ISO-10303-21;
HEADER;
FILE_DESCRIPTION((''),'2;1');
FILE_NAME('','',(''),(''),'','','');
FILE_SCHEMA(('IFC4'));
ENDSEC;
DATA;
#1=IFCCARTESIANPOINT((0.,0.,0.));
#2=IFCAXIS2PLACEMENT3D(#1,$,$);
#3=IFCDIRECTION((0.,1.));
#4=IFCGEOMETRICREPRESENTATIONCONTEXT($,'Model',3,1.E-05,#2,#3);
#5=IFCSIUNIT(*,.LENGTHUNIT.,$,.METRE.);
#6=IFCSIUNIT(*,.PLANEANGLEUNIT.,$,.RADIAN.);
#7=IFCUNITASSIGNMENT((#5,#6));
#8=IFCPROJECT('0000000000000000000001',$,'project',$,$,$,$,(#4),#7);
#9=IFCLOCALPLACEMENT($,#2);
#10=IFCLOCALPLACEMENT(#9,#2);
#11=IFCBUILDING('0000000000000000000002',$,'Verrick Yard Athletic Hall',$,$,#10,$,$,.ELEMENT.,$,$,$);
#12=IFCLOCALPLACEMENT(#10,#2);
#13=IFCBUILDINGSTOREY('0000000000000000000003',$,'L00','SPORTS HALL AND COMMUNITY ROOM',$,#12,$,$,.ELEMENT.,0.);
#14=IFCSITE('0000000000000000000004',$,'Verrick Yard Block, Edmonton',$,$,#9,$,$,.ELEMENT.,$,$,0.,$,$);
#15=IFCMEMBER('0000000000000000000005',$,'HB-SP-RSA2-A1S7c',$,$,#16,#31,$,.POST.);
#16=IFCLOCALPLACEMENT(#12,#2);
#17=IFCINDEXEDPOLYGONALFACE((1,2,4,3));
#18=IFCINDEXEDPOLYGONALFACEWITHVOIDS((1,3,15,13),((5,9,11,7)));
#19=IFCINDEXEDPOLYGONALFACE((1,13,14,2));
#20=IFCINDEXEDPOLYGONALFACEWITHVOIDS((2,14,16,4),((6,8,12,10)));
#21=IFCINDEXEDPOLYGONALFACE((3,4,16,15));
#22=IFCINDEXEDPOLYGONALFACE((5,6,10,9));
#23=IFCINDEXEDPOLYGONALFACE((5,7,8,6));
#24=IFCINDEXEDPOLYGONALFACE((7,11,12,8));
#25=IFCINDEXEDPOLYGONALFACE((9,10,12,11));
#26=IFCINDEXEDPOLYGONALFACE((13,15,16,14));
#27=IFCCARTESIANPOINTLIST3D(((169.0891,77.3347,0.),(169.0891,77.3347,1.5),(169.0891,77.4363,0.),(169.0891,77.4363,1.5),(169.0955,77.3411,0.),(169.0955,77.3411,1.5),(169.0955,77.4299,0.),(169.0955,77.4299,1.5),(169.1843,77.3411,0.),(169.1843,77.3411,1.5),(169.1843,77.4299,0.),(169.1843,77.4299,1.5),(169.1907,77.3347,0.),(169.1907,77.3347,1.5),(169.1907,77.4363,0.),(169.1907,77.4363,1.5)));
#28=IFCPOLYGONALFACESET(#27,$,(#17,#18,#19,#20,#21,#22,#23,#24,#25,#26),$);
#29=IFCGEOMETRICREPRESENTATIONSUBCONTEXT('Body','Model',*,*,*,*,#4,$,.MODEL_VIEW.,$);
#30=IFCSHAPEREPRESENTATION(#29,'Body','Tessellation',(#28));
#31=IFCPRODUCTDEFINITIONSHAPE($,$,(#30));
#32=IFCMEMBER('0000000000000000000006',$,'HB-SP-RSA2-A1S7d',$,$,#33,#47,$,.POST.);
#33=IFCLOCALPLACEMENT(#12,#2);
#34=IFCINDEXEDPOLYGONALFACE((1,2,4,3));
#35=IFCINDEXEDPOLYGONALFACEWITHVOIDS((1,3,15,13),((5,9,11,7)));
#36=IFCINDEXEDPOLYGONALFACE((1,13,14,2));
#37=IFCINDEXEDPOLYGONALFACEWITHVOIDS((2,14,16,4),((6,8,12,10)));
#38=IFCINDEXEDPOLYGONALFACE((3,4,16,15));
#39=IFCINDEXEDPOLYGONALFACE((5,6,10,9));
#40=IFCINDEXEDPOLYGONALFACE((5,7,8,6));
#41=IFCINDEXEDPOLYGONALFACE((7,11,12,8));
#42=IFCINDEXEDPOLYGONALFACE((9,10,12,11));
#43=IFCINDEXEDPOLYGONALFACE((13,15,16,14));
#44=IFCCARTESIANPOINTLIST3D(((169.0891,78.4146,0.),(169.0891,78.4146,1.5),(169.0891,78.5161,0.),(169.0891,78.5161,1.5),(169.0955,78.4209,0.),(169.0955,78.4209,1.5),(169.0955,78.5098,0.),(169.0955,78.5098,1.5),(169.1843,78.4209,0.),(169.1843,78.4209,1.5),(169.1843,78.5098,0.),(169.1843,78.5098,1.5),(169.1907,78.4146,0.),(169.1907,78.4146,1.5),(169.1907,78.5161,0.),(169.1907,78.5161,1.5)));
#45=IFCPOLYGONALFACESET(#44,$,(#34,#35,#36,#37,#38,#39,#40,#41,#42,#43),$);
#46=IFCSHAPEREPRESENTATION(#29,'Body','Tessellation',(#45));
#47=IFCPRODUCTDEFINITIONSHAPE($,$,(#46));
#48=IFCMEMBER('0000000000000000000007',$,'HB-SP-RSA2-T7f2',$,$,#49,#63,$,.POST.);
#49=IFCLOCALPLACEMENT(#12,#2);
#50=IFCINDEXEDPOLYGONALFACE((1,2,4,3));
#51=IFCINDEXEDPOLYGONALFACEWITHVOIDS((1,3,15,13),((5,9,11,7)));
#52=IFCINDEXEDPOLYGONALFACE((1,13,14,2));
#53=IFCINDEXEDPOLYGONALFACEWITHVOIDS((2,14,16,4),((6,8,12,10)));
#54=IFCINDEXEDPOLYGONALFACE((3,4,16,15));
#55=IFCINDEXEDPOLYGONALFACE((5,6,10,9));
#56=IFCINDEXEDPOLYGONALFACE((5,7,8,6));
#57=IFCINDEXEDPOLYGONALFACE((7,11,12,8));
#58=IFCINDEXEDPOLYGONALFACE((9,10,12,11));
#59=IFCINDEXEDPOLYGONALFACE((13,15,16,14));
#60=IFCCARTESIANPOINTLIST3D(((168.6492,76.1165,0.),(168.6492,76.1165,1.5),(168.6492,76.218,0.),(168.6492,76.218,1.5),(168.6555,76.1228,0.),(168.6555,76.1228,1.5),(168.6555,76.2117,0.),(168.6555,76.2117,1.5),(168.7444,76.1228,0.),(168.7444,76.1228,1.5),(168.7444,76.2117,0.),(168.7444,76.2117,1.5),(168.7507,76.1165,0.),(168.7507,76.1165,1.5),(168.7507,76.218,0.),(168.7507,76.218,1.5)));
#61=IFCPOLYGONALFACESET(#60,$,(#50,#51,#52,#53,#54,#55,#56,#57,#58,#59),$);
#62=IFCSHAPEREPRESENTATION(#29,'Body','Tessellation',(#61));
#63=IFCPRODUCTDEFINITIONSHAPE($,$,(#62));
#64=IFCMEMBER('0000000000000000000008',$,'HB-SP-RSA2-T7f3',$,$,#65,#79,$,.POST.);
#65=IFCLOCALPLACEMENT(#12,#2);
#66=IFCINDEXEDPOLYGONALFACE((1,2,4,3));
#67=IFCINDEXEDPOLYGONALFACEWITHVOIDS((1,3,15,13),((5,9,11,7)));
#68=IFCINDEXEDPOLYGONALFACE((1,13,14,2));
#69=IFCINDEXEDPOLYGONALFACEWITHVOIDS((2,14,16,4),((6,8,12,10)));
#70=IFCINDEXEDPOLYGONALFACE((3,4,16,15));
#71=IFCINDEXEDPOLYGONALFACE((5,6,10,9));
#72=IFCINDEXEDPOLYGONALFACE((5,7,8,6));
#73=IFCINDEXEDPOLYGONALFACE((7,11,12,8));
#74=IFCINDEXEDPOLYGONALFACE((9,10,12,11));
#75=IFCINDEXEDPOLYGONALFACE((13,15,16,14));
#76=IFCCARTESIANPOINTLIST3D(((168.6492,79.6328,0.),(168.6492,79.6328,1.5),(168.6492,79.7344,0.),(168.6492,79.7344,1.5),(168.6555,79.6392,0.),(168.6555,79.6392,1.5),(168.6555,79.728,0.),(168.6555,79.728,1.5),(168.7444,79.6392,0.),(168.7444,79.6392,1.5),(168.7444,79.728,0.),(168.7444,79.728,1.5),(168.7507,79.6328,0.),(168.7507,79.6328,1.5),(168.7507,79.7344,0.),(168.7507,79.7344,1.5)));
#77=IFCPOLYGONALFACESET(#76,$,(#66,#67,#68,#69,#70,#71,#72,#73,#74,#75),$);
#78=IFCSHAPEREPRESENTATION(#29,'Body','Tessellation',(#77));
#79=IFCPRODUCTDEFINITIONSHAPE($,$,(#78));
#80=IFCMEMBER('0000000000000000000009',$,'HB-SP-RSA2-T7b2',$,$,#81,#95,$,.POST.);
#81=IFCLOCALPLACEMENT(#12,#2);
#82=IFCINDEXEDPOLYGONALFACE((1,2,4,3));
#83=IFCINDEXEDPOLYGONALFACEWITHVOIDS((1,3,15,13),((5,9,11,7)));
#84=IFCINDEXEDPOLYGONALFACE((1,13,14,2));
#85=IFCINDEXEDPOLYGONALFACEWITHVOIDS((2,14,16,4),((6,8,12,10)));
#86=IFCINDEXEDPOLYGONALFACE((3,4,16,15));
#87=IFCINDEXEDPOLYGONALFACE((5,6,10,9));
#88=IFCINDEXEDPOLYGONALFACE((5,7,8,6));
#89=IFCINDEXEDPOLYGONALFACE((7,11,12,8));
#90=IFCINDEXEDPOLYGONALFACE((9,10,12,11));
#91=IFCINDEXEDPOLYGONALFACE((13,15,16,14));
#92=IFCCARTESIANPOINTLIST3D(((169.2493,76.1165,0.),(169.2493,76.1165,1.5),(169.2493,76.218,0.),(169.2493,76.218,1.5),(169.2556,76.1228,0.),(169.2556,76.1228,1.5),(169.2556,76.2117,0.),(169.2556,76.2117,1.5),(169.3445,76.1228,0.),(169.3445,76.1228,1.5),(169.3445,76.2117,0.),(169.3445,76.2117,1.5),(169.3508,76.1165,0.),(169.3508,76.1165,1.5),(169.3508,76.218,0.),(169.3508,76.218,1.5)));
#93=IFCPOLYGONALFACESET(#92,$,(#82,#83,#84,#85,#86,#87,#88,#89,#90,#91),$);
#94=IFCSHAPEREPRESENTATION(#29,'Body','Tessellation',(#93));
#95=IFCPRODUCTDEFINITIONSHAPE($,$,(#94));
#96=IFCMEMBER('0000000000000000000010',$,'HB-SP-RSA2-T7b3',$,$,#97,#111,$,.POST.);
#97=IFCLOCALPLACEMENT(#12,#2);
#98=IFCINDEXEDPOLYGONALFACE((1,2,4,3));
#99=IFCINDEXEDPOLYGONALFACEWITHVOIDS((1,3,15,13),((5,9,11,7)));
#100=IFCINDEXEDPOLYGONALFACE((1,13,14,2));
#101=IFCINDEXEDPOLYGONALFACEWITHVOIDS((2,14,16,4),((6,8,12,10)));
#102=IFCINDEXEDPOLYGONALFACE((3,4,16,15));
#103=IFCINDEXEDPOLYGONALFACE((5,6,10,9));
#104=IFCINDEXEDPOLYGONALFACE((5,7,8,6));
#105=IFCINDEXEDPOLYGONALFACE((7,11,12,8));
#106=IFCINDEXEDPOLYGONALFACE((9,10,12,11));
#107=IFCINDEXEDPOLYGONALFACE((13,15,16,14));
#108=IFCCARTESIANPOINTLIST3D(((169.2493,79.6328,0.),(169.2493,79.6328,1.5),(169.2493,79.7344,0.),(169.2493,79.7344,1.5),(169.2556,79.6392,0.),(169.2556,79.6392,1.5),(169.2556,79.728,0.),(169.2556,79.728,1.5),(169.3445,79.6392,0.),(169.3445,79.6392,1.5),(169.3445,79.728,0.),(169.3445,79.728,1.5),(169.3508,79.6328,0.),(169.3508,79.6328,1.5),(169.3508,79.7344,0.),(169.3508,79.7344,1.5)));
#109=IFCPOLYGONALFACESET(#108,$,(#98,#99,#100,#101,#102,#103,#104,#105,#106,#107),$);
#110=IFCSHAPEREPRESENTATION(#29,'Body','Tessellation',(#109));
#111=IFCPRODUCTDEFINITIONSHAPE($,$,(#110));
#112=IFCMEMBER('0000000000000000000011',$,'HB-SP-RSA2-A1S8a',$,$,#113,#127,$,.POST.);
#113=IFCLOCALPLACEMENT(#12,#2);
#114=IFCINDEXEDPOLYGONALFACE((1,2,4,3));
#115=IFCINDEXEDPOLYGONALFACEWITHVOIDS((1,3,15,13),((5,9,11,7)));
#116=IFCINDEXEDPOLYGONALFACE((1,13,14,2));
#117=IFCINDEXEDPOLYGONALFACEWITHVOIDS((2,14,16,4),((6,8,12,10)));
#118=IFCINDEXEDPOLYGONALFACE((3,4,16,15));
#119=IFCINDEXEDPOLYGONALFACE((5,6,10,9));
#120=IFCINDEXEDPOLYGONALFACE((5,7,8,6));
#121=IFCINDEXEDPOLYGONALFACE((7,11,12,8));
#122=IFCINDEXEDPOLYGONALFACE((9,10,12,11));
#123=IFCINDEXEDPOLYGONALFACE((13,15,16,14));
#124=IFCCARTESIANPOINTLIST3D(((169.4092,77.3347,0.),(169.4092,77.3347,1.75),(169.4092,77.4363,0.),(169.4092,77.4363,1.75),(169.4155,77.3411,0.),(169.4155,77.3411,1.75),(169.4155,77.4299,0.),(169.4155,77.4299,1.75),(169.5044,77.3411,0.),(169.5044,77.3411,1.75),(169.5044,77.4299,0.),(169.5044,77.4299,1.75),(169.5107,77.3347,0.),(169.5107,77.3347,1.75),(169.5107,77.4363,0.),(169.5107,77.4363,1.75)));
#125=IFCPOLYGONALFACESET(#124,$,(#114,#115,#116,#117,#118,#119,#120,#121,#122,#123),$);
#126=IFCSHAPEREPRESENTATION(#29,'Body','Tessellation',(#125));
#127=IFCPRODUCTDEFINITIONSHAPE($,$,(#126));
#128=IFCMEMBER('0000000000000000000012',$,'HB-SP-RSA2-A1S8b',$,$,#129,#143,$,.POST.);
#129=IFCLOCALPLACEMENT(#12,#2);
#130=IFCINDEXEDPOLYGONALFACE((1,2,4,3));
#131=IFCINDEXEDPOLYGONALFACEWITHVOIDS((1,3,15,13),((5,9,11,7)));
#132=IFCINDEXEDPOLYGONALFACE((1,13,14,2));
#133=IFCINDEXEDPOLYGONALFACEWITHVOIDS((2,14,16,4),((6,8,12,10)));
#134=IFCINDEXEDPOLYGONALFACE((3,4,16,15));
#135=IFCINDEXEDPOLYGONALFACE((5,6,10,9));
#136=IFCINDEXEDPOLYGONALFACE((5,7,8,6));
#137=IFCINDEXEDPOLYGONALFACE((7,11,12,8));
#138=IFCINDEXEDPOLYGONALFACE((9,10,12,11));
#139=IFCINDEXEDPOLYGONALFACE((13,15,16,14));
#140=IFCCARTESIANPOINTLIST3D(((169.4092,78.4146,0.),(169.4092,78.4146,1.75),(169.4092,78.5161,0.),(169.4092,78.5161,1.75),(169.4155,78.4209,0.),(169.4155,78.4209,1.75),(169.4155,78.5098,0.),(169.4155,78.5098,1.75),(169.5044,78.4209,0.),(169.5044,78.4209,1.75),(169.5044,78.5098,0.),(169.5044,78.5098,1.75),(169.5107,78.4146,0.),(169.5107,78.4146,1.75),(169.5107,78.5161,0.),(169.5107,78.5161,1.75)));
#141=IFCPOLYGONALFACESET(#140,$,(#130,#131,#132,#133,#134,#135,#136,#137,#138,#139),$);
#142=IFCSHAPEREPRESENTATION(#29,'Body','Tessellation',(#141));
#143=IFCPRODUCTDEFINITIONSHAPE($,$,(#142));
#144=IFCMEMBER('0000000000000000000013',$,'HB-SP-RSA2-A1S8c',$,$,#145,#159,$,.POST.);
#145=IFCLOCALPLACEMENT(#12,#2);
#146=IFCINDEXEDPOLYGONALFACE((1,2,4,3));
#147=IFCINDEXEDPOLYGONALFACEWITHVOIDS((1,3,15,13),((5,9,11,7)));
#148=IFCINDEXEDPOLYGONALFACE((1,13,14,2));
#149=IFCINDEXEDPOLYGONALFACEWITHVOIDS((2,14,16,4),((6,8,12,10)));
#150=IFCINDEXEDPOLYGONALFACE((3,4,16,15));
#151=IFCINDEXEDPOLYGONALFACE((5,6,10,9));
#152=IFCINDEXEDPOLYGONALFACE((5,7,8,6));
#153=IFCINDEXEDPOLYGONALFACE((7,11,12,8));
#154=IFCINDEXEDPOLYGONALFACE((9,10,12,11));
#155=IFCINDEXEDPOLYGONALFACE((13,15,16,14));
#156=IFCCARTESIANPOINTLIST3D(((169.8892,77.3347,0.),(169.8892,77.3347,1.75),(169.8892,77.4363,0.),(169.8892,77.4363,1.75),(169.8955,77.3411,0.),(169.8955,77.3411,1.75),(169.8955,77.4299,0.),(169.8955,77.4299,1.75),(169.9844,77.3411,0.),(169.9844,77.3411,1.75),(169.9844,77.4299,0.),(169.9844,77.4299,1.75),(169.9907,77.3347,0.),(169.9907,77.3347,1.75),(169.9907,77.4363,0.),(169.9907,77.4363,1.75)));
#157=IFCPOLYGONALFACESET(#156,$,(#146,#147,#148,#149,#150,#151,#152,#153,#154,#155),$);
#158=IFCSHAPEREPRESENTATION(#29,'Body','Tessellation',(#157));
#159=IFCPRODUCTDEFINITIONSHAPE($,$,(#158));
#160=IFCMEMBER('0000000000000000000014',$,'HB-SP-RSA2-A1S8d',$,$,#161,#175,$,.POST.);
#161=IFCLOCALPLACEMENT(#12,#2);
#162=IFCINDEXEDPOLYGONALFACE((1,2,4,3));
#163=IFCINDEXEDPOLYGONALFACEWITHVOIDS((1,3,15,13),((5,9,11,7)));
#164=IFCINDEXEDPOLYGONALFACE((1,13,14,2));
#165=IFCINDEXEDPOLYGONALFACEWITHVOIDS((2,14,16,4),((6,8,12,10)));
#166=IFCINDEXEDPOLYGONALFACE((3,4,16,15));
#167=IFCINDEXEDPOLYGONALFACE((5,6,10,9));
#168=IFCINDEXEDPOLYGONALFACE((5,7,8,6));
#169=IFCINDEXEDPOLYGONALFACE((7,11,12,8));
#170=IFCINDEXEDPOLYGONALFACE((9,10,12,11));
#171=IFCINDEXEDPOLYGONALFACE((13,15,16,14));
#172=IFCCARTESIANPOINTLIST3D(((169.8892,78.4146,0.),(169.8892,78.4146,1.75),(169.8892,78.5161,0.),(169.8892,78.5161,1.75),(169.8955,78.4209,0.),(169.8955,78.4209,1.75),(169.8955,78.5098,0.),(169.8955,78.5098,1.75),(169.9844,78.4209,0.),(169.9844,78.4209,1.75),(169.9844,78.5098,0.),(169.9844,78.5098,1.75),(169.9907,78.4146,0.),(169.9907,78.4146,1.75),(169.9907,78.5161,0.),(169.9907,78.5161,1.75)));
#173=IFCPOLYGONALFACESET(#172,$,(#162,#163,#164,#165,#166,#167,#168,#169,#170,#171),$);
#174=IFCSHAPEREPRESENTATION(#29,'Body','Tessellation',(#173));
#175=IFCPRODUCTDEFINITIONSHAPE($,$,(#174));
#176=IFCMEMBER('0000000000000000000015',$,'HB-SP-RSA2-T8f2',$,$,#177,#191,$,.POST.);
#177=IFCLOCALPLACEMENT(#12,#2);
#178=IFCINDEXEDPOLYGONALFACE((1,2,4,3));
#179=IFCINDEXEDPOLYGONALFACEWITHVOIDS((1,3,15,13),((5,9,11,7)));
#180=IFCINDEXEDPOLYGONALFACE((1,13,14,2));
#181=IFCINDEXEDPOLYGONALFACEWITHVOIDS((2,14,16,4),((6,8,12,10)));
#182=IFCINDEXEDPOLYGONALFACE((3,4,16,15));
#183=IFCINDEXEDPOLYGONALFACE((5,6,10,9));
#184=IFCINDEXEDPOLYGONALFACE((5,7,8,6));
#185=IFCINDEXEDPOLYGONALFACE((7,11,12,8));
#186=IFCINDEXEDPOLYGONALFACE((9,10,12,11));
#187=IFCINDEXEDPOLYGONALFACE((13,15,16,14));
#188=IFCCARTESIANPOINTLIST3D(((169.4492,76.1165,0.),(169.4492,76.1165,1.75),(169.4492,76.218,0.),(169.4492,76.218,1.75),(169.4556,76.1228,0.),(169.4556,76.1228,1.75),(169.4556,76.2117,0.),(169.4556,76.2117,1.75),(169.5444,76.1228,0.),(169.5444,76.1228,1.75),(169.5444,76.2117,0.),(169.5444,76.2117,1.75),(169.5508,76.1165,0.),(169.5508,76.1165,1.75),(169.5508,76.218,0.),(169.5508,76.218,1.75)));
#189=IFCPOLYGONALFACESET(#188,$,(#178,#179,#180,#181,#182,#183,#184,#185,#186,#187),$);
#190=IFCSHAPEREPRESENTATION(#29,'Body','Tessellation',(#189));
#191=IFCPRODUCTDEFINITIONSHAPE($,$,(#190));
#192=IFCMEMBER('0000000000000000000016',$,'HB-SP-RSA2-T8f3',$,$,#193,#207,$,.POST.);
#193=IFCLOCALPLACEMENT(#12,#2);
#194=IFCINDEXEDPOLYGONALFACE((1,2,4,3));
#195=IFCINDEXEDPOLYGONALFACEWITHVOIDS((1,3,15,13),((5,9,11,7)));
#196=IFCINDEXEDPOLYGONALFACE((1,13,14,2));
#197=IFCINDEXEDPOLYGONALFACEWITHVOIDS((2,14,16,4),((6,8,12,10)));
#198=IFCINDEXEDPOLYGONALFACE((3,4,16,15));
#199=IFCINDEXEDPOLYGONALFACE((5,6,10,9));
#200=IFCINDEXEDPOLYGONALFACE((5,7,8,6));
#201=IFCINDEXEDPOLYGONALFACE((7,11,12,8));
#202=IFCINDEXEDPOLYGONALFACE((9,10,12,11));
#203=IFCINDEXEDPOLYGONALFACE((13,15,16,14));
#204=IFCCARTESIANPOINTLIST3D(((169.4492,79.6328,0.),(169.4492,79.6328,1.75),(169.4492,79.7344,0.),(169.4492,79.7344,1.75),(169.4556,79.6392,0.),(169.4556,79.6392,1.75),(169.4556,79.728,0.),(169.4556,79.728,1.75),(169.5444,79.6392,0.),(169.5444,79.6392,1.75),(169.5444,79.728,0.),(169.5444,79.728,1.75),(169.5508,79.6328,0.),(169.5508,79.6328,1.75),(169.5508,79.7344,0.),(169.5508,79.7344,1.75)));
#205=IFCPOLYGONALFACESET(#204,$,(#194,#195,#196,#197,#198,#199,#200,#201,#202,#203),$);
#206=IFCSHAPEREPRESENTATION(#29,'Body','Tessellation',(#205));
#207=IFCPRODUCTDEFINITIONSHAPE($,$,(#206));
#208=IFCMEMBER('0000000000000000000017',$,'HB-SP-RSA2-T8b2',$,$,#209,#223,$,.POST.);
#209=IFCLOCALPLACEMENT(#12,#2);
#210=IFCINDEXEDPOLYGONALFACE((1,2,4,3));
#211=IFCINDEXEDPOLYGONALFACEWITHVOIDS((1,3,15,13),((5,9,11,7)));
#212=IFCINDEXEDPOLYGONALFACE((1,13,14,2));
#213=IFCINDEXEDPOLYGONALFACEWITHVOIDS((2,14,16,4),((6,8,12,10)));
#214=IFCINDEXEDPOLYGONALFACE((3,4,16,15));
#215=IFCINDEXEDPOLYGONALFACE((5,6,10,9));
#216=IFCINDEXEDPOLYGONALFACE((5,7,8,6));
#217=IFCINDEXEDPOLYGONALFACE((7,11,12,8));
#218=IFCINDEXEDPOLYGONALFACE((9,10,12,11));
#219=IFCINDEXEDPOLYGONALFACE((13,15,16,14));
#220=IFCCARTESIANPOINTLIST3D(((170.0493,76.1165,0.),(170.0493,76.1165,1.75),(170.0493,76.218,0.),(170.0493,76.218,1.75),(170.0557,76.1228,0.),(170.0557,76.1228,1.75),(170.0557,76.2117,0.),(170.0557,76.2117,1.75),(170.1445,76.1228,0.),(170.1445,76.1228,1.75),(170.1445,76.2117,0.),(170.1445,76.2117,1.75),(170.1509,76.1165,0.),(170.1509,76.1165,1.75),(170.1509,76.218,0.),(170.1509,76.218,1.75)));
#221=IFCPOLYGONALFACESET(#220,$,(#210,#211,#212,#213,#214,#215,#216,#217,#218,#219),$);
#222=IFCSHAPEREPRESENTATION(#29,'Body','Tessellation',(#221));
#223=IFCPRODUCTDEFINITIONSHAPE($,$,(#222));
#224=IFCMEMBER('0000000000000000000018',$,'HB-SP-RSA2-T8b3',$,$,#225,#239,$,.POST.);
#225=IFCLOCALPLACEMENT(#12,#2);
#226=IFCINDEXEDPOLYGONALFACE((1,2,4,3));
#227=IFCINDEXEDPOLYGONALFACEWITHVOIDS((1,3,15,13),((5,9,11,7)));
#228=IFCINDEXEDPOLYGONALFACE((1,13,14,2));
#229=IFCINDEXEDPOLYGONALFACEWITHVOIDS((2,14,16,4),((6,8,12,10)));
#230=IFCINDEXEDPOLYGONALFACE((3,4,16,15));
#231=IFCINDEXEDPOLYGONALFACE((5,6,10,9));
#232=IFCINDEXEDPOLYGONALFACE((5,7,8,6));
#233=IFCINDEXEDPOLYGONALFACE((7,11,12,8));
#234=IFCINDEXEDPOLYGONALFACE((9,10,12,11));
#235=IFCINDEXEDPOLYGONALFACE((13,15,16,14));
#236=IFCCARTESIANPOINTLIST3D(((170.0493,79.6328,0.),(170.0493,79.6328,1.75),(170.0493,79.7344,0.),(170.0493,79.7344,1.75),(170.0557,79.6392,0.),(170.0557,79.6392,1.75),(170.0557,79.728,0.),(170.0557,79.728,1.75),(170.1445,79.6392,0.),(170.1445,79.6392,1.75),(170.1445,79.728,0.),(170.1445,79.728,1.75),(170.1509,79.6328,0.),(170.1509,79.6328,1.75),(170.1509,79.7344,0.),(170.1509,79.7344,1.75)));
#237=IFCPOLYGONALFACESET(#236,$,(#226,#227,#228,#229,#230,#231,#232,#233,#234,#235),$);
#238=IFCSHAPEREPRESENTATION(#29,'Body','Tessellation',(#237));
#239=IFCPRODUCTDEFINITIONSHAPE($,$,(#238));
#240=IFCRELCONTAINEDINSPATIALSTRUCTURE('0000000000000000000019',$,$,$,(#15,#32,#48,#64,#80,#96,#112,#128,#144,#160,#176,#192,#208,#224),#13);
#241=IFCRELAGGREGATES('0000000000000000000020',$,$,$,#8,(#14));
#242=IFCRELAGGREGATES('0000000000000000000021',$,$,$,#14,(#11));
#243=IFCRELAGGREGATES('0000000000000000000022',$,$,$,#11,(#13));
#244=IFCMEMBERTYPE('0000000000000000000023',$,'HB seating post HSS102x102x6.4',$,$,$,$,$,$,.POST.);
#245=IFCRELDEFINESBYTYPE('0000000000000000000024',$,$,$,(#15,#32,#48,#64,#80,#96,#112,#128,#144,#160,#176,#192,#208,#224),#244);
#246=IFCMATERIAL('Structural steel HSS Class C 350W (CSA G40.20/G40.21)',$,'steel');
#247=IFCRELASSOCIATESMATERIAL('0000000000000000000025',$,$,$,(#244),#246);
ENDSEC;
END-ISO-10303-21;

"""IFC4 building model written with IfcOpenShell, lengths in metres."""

from ifc_helpers import new_model, si_unit, direction, frame, origin, origin_2d, place, context, subcontext, project, spatial, hollow_rectangle, extrude, material, material_profile, profile_set, type_object, element, save


model = new_model("IFC4")

# Units and contexts
model_context = context("Model", 3, precision=1e-05, world=origin(), true_north=direction((0.0, 1.0)))
body_context = subcontext(model_context, "Body", "Model", "MODEL_VIEW")
ifc_project = project(units=[si_unit("LENGTHUNIT", "METRE"), si_unit("PLANEANGLEUNIT", "RADIAN")], contexts=[model_context])

# Site, building, storey
site_placement = place(None, origin())
site = spatial("IfcSite", under=ifc_project, at=site_placement, Name="Verrick Yard Block, Edmonton", CompositionType="ELEMENT", RefElevation=0.0)
building_placement = place(site_placement, origin())
building = spatial("IfcBuilding", under=site, at=building_placement, Name="Verrick Yard Athletic Hall", CompositionType="ELEMENT")
storey_placement = place(building_placement, origin())
storey = spatial("IfcBuildingStorey", under=building, at=storey_placement, Name="L00", Description="SPORTS HALL AND COMMUNITY ROOM", CompositionType="ELEMENT", Elevation=0.0)

# Members
ifc_material_1 = material(Name="Structural steel HSS Class C 350W (CSA G40.20/G40.21)", Category="steel")
ifc_material_profile_1 = material_profile(ifc_material_1, hollow_rectangle(XDim=0.1016, YDim=0.1016, WallThickness=0.0063, at=origin_2d()), Name="HSS102x102x6.4")
ifc_profile_set_1 = profile_set([ifc_material_profile_1], Name="Structural steel HSS Class C 350W (CSA G40.20/G40.21)")
member_type = type_object("IfcMemberType", Name="HB seating post HSS102x102x6.4", PredefinedType="POST", material=ifc_profile_set_1)
for number, where, z_axis, x_axis, name in (
    (1, (169.1399, 77.3855, 0.0), (0.0, 0.0, 1.0), (0.0, 1.0, 0.0), "HB-SP-RSA2-A1S7c"),
    (2, (169.1399, 78.4653, 0.0), (0.0, 0.0, 1.0), (0.0, 1.0, 0.0), "HB-SP-RSA2-A1S7d"),
    (3, (168.7, 76.1672, 0.0), (0.0, 0.0, 1.0), (0.0, 1.0, 0.0), "HB-SP-RSA2-T7f2"),
    (4, (168.7, 79.6836, 0.0), (0.0, 0.0, 1.0), (0.0, 1.0, 0.0), "HB-SP-RSA2-T7f3"),
    (5, (169.3, 76.1672, 0.0), (0.0, 0.0, 1.0), (0.0, 1.0, 0.0), "HB-SP-RSA2-T7b2"),
    (6, (169.3, 79.6836, 0.0), (0.0, 0.0, 1.0), (0.0, 1.0, 0.0), "HB-SP-RSA2-T7b3"),
):
    element("IfcMember", number, at=place(storey_placement, frame(where, z_axis=z_axis, x_axis=x_axis)), inside=storey, type_object=member_type, Name=name, PredefinedType="POST", context=body_context, shape_type="SweptSolid", body=[
        extrude(hollow_rectangle(XDim=0.1016, YDim=0.1016, WallThickness=0.0063, at=origin_2d()), origin(), (0.0, 0.0, 1.0), 1.5),
    ])
for number, where, z_axis, x_axis, name in (
    (7, (169.46, 77.3855, 0.0), (0.0, 0.0, 1.0), (0.0, 1.0, 0.0), "HB-SP-RSA2-A1S8a"),
    (8, (169.46, 78.4653, 0.0), (0.0, 0.0, 1.0), (0.0, 1.0, 0.0), "HB-SP-RSA2-A1S8b"),
    (9, (169.9399, 77.3855, 0.0), (0.0, 0.0, 1.0), (0.0, 1.0, 0.0), "HB-SP-RSA2-A1S8c"),
    (10, (169.9399, 78.4653, 0.0), (0.0, 0.0, 1.0), (0.0, 1.0, 0.0), "HB-SP-RSA2-A1S8d"),
    (11, (169.5, 76.1672, 0.0), (0.0, 0.0, 1.0), (0.0, 1.0, 0.0), "HB-SP-RSA2-T8f2"),
    (12, (169.5, 79.6836, 0.0), (0.0, 0.0, 1.0), (0.0, 1.0, 0.0), "HB-SP-RSA2-T8f3"),
    (13, (170.1001, 76.1672, 0.0), (0.0, 0.0, 1.0), (0.0, 1.0, 0.0), "HB-SP-RSA2-T8b2"),
    (14, (170.1001, 79.6836, 0.0), (0.0, 0.0, 1.0), (0.0, 1.0, 0.0), "HB-SP-RSA2-T8b3"),
):
    element("IfcMember", number, at=place(storey_placement, frame(where, z_axis=z_axis, x_axis=x_axis)), inside=storey, type_object=member_type, Name=name, PredefinedType="POST", context=body_context, shape_type="SweptSolid", body=[
        extrude(hollow_rectangle(XDim=0.1016, YDim=0.1016, WallThickness=0.0063, at=origin_2d()), origin(), (0.0, 0.0, 1.0), 1.75),
    ])

save(model, "model.ifc")
